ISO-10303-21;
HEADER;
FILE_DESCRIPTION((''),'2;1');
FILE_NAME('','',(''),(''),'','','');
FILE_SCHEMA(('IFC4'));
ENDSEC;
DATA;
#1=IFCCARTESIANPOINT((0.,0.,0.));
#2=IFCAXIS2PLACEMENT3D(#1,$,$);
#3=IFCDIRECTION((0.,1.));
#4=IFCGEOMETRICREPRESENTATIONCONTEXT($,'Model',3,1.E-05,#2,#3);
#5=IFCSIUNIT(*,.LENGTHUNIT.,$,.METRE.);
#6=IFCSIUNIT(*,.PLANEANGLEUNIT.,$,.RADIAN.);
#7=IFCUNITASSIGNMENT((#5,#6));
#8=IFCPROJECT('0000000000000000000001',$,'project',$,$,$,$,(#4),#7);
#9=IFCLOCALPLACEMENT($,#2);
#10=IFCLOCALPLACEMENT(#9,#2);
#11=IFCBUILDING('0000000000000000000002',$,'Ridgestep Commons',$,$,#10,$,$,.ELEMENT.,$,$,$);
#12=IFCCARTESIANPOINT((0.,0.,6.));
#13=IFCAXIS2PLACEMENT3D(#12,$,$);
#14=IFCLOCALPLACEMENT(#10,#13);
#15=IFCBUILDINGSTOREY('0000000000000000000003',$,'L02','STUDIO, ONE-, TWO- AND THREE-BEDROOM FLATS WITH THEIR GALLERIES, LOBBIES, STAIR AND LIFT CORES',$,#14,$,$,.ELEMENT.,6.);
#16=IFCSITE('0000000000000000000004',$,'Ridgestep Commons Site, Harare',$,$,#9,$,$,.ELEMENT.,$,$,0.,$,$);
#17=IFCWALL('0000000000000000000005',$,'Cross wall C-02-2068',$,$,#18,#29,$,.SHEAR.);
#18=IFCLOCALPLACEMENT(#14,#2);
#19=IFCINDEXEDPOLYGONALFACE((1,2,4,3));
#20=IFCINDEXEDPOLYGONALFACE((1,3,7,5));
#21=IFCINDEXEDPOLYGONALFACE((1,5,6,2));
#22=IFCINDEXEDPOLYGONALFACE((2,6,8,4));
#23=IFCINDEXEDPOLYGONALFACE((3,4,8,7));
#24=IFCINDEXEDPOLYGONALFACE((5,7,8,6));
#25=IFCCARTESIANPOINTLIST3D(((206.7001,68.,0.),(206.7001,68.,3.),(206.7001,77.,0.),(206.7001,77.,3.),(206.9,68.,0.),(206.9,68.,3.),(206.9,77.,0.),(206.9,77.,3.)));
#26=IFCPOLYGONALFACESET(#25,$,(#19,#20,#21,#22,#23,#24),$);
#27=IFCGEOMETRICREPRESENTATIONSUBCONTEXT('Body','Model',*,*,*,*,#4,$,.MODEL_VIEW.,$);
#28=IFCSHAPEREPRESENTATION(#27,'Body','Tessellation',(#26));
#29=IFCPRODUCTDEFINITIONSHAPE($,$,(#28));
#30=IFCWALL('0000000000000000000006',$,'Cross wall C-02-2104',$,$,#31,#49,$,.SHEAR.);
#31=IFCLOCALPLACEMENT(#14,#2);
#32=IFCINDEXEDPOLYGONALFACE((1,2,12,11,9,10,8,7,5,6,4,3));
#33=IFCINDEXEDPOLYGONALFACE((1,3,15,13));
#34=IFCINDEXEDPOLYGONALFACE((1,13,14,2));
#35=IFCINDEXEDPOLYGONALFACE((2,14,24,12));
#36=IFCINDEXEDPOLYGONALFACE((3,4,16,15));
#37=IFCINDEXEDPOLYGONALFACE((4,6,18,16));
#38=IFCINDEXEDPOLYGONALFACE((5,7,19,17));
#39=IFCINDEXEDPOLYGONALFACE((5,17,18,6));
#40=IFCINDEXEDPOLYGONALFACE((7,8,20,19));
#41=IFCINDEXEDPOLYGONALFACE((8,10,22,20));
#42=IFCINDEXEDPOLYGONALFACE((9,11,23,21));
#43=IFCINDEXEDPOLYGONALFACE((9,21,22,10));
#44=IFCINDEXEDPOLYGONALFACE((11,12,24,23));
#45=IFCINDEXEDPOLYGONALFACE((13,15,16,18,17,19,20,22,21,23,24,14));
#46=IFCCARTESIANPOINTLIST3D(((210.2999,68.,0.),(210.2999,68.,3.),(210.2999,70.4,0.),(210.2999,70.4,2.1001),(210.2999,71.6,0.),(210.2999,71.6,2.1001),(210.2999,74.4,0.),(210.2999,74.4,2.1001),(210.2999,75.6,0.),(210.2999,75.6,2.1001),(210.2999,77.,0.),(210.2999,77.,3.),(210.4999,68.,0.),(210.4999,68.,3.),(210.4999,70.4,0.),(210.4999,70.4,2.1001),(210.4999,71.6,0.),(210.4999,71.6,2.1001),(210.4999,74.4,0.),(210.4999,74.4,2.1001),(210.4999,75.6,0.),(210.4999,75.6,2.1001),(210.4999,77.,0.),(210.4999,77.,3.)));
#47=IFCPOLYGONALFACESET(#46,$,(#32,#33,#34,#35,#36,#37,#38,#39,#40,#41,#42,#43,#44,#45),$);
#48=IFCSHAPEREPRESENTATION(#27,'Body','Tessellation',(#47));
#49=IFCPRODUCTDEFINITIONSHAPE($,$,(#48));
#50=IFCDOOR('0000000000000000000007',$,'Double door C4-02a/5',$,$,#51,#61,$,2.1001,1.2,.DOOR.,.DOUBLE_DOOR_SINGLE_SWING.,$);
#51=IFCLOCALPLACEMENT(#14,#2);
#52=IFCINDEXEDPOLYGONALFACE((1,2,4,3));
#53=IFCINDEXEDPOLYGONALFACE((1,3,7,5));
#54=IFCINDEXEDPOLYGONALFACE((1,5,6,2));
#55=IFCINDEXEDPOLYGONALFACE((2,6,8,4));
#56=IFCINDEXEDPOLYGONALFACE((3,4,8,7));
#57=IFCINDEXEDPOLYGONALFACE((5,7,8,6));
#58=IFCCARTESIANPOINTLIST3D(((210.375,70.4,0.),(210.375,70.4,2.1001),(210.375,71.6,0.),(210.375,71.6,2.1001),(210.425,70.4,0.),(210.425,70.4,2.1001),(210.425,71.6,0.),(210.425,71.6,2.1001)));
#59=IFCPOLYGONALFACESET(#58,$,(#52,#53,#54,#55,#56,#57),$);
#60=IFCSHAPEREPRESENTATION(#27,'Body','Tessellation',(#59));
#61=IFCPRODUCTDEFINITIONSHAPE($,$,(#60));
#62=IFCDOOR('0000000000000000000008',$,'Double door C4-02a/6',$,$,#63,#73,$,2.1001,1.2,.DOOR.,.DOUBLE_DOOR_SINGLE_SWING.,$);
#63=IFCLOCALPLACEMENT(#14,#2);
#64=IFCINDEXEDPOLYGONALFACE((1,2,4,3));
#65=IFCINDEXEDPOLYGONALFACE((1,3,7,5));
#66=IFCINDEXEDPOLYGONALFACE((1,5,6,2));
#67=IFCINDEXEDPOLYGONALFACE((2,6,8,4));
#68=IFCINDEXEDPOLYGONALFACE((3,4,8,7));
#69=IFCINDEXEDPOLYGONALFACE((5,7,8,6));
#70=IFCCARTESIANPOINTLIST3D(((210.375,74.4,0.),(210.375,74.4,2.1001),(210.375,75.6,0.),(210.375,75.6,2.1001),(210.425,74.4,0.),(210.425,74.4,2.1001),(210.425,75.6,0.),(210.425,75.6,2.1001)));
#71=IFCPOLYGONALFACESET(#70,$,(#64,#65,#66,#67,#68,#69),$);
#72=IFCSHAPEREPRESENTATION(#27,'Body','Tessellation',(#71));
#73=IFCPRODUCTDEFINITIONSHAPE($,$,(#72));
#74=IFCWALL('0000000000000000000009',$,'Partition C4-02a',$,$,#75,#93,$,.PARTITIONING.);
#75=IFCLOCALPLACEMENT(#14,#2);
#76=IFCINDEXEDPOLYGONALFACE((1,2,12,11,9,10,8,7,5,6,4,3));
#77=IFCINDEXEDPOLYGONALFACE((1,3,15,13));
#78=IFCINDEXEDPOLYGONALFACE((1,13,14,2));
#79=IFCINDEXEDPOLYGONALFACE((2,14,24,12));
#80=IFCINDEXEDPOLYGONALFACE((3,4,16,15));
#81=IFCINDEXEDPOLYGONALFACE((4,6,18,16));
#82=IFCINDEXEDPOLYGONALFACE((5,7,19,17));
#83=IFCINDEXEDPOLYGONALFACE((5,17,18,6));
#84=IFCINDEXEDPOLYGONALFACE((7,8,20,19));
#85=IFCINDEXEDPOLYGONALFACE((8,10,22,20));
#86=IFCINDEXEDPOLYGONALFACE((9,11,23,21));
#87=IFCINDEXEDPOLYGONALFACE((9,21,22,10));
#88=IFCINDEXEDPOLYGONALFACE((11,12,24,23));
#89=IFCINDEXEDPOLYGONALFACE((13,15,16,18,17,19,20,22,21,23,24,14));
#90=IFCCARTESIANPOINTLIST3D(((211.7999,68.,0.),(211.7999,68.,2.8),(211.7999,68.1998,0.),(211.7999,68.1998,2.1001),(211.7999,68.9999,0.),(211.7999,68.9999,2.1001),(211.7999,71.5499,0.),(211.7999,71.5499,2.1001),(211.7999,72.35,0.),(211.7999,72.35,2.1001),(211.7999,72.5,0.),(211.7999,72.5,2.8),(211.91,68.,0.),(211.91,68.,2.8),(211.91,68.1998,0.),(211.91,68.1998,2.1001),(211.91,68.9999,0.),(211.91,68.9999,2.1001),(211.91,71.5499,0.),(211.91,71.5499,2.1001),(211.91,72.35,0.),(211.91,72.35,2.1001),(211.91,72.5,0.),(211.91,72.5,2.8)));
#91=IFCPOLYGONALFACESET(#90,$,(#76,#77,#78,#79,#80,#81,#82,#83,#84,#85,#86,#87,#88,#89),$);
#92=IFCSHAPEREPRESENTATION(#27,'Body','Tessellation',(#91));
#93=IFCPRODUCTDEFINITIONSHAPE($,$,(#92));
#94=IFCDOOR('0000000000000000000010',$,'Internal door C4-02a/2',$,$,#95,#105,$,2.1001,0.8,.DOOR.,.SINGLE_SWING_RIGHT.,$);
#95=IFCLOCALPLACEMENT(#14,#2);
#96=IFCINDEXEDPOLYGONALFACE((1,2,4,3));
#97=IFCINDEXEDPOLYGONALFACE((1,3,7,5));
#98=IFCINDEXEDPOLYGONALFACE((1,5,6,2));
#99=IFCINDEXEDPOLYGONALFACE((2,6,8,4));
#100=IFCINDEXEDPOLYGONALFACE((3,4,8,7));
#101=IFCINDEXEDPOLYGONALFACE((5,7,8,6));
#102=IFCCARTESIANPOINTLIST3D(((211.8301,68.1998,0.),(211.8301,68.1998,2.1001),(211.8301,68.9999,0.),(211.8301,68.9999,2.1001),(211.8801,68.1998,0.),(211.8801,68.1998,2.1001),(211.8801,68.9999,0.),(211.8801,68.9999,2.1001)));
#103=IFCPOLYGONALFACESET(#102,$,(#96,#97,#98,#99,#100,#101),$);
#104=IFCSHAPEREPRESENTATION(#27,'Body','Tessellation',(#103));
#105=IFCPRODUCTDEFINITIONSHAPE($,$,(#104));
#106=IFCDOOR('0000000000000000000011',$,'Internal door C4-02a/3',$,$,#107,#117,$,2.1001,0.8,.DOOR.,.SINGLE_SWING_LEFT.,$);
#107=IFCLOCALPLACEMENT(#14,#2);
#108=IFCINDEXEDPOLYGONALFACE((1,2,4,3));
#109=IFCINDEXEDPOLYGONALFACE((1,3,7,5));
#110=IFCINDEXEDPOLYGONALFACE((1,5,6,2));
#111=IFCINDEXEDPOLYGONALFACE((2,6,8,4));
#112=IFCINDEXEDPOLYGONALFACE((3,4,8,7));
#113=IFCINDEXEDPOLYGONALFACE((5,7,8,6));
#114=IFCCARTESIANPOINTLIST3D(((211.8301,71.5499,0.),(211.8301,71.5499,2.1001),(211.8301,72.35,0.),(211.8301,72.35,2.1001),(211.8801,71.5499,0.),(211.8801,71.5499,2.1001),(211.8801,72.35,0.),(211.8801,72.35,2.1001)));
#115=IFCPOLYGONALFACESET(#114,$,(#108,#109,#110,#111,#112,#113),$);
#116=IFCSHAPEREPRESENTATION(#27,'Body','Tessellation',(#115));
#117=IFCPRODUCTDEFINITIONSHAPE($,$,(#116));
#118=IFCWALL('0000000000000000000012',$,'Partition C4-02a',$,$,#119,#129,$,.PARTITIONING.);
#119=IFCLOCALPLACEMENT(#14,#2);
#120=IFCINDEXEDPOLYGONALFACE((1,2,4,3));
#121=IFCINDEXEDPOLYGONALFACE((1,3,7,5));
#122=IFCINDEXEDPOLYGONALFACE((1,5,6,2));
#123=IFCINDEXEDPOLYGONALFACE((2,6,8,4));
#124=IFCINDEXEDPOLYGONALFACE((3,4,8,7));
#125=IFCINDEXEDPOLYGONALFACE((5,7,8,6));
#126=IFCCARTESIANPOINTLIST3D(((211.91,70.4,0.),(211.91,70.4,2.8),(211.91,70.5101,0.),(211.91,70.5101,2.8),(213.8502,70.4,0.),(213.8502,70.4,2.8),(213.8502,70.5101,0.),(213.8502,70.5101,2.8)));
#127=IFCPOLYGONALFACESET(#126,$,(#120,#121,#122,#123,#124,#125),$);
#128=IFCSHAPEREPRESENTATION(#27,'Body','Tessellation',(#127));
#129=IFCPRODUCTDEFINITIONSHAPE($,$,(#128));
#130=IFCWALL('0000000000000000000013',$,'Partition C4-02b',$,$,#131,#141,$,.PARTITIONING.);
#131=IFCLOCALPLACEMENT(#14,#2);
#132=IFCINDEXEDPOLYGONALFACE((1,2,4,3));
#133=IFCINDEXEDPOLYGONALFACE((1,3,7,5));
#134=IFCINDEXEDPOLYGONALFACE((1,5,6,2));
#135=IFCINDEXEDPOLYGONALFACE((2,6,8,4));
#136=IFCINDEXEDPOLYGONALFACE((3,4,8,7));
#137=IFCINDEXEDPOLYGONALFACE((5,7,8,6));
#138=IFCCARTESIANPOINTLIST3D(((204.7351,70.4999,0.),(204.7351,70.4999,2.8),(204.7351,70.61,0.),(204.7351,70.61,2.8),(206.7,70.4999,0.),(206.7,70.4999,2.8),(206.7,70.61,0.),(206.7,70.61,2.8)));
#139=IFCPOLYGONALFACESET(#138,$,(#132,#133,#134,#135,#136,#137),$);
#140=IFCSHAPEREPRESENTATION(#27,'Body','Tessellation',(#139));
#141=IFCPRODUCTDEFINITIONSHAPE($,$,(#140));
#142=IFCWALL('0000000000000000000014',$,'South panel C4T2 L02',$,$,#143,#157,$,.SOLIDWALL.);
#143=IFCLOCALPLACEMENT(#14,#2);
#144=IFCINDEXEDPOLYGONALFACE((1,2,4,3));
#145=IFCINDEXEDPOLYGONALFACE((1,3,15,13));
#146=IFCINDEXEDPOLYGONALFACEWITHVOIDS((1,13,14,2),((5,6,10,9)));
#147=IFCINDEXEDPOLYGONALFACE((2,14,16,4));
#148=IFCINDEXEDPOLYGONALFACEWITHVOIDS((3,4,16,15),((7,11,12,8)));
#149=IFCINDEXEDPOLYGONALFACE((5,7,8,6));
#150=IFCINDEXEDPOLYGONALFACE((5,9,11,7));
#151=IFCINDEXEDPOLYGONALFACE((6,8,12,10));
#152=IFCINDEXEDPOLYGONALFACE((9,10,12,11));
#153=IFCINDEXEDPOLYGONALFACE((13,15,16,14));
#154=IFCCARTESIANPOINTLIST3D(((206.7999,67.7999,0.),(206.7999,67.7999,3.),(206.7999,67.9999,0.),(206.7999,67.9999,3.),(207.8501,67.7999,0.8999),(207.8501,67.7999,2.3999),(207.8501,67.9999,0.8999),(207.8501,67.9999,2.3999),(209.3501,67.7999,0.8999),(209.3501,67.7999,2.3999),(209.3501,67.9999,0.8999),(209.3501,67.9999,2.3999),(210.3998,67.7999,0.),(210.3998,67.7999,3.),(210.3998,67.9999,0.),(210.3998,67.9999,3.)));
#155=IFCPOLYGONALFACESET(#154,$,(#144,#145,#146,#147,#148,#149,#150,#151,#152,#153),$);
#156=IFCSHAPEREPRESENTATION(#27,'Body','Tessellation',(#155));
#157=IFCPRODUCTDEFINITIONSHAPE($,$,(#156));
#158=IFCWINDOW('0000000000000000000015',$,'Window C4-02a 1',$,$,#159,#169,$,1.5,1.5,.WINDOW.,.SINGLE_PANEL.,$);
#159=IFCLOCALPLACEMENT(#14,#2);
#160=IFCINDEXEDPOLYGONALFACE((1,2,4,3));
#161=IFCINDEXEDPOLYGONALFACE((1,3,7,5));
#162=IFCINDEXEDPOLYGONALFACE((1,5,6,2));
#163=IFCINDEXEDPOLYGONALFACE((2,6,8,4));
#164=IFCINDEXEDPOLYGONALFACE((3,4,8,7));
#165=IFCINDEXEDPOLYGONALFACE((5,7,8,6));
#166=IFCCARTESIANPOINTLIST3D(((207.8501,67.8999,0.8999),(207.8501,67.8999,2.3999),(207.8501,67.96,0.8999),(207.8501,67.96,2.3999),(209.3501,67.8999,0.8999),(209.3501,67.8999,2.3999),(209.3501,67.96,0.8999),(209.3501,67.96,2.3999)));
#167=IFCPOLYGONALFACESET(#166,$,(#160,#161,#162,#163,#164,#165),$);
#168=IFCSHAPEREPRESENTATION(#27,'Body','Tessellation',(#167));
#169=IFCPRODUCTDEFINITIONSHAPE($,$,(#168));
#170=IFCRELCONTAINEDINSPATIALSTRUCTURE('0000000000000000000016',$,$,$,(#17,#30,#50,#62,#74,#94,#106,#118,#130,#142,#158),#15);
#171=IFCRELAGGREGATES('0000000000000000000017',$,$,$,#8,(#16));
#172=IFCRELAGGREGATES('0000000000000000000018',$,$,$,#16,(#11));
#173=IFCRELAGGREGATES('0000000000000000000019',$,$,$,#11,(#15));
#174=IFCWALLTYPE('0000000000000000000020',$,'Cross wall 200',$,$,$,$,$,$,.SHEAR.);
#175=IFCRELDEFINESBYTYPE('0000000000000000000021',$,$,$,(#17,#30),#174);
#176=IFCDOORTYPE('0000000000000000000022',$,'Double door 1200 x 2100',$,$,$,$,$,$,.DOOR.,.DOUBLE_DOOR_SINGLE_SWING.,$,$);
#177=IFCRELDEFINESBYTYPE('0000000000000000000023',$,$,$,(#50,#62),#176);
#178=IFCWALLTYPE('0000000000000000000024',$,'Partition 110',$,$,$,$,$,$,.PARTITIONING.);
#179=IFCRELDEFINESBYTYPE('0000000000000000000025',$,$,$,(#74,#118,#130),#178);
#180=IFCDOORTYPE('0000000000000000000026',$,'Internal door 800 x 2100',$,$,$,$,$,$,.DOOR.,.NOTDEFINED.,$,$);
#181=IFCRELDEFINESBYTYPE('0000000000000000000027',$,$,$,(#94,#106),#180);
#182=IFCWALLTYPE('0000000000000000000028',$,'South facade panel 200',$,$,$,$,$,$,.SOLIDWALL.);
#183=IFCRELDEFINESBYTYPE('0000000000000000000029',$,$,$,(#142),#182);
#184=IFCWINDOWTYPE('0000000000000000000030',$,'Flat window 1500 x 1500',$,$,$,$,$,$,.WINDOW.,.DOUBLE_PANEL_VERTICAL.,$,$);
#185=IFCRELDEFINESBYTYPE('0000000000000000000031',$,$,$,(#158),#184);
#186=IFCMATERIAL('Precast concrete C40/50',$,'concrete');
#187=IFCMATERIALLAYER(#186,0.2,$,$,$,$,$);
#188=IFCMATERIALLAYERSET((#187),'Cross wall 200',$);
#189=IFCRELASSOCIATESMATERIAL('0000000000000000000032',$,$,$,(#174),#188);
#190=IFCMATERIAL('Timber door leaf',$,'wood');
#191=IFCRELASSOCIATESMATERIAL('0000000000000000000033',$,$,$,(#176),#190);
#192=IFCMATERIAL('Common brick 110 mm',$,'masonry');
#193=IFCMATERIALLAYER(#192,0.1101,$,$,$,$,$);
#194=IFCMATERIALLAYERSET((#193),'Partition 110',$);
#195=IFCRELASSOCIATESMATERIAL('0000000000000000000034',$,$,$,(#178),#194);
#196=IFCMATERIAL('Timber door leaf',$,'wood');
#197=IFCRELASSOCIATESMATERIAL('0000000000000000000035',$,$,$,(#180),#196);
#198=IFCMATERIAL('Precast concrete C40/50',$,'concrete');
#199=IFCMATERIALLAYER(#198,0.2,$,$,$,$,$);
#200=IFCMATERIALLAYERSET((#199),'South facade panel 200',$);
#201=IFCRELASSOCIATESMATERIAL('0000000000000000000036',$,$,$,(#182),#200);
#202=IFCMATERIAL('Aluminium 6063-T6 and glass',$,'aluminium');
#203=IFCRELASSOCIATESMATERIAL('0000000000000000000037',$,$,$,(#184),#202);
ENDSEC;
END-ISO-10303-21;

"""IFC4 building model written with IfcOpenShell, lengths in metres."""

from ifc_helpers import new_model, si_unit, direction, frame, frame_2d, origin, place, context, subcontext, project, spatial, rectangle, extrude, material, layer, layer_set, type_object, element, fill, save


model = new_model("IFC4")

# Units and contexts
model_context = context("Model", 3, precision=1e-05, world=origin(), true_north=direction((0.0, 1.0)))
body_context = subcontext(model_context, "Body", "Model", "MODEL_VIEW")
ifc_project = project(units=[si_unit("LENGTHUNIT", "METRE"), si_unit("PLANEANGLEUNIT", "RADIAN")], contexts=[model_context])

# Site, building, storey
site_placement = place(None, origin())
site = spatial("IfcSite", under=ifc_project, at=site_placement, Name="Ridgestep Commons Site, Harare", CompositionType="ELEMENT", RefElevation=0.0)
building_placement = place(site_placement, origin())
building = spatial("IfcBuilding", under=site, at=building_placement, Name="Ridgestep Commons", CompositionType="ELEMENT")
storey_placement = place(building_placement, frame((0.0, 0.0, 6.0)))
storey = spatial("IfcBuildingStorey", under=building, at=storey_placement, Name="L02", Description="STUDIO, ONE-, TWO- AND THREE-BEDROOM FLATS WITH THEIR GALLERIES, LOBBIES, STAIR AND LIFT CORES", CompositionType="ELEMENT", Elevation=6.0)

# Wall
ifc_material_1 = material(Name="Precast concrete C40/50", Category="concrete")
ifc_layer_1 = layer(ifc_material_1, 0.2)
ifc_layer_set_1 = layer_set([ifc_layer_1], Name="Cross wall 200")
wall_type_1 = type_object("IfcWallType", Name="Cross wall 200", PredefinedType="SHEAR", material=ifc_layer_set_1)
wall_1_placement = place(storey_placement, frame((206.8, 68.0, 0.0), z_axis=(0.0, 0.0, 1.0), x_axis=(0.0, 1.0, 0.0)))
element("IfcWall", 1, at=wall_1_placement, inside=storey, type_object=wall_type_1, Name="Cross wall C-02-2068", PredefinedType="SHEAR", context=body_context, shape_type="SweptSolid", body=[
    extrude(rectangle(XDim=9.0, YDim=0.2, at=frame_2d((4.5, 0.0))), origin(), (0.0, 0.0, 1.0), 3.0),
])

# Walls, openings, doors
wall_2_placement = place(storey_placement, frame((210.3999, 68.0, 0.0), z_axis=(0.0, 0.0, 1.0), x_axis=(0.0, 1.0, 0.0)))
wall_2 = element("IfcWall", 2, at=wall_2_placement, inside=storey, type_object=wall_type_1, Name="Cross wall C-02-2104", PredefinedType="SHEAR", context=body_context, shape_type="SweptSolid", body=[
    extrude(rectangle(XDim=9.0, YDim=0.2, at=frame_2d((4.5, 0.0))), origin(), (0.0, 0.0, 1.0), 3.0),
])
opening_1_placement = place(wall_2_placement, frame((2.3999, 0.0, 0.0)))
opening_1 = element("IfcOpeningElement", 3, at=opening_1_placement, cuts=wall_2, PredefinedType="OPENING", context=body_context, shape_type="SweptSolid", body=[
    extrude(rectangle(XDim=1.2, YDim=2.1001, at=frame_2d((0.6001, 1.05))), frame((0.0, 0.1099, 0.0), z_axis=(0.0, -1.0, 0.0), x_axis=(1.0, 0.0, 0.0)), (0.0, 0.0, 1.0), 0.22),
])
opening_2_placement = place(wall_2_placement, frame((6.3999, 0.0, 0.0)))
opening_2 = element("IfcOpeningElement", 4, at=opening_2_placement, cuts=wall_2, PredefinedType="OPENING", context=body_context, shape_type="SweptSolid", body=[
    extrude(rectangle(XDim=1.2, YDim=2.1001, at=frame_2d((0.6001, 1.05))), frame((0.0, 0.1099, 0.0), z_axis=(0.0, -1.0, 0.0), x_axis=(1.0, 0.0, 0.0)), (0.0, 0.0, 1.0), 0.22),
])
ifc_material_2 = material(Name="Timber door leaf", Category="wood")
door_type_1 = type_object("IfcDoorType", Name="Double door 1200 x 2100", OperationType="DOUBLE_DOOR_SINGLE_SWING", PredefinedType="DOOR", material=ifc_material_2)
door_1_placement = place(opening_1_placement, origin())
door_1 = element("IfcDoor", 5, at=door_1_placement, inside=storey, type_object=door_type_1, Name="Double door C4-02a/5", OperationType="DOUBLE_DOOR_SINGLE_SWING", OverallHeight=2.1001, OverallWidth=1.2, PredefinedType="DOOR", context=body_context, shape_type="SweptSolid", body=[
    extrude(rectangle(XDim=1.2, YDim=2.1001, at=frame_2d((0.6001, 1.05))), frame((0.0, 0.0249, 0.0), z_axis=(0.0, -1.0, 0.0), x_axis=(1.0, 0.0, 0.0)), (0.0, 0.0, 1.0), 0.05),
])
fill(opening_1, door_1)
door_2_placement = place(opening_2_placement, origin())
door_2 = element("IfcDoor", 6, at=door_2_placement, inside=storey, type_object=door_type_1, Name="Double door C4-02a/6", OperationType="DOUBLE_DOOR_SINGLE_SWING", OverallHeight=2.1001, OverallWidth=1.2, PredefinedType="DOOR", context=body_context, shape_type="SweptSolid", body=[
    extrude(rectangle(XDim=1.2, YDim=2.1001, at=frame_2d((0.6001, 1.05))), frame((0.0, 0.0249, 0.0), z_axis=(0.0, -1.0, 0.0), x_axis=(1.0, 0.0, 0.0)), (0.0, 0.0, 1.0), 0.05),
])
fill(opening_2, door_2)
ifc_material_3 = material(Name="Common brick 110 mm", Category="masonry")
ifc_layer_2 = layer(ifc_material_3, 0.1101)
ifc_layer_set_2 = layer_set([ifc_layer_2], Name="Partition 110")
wall_type_2 = type_object("IfcWallType", Name="Partition 110", PredefinedType="PARTITIONING", material=ifc_layer_set_2)
wall_3_placement = place(storey_placement, frame((211.855, 68.0, 0.0), z_axis=(0.0, 0.0, 1.0), x_axis=(0.0, 1.0, 0.0)))
wall_3 = element("IfcWall", 7, at=wall_3_placement, inside=storey, type_object=wall_type_2, Name="Partition C4-02a", PredefinedType="PARTITIONING", context=body_context, shape_type="SweptSolid", body=[
    extrude(rectangle(XDim=4.5, YDim=0.1101, at=frame_2d((2.25, 0.0))), origin(), (0.0, 0.0, 1.0), 2.8),
])
opening_3_placement = place(wall_3_placement, frame((0.2, 0.0, 0.0)))
opening_3 = element("IfcOpeningElement", 8, at=opening_3_placement, cuts=wall_3, PredefinedType="OPENING", context=body_context, shape_type="SweptSolid", body=[
    extrude(rectangle(XDim=0.8, YDim=2.1001, at=frame_2d((0.3999, 1.05))), frame((0.0, 0.0649, 0.0), z_axis=(0.0, -1.0, 0.0), x_axis=(1.0, 0.0, 0.0)), (0.0, 0.0, 1.0), 0.1301),
])
opening_4_placement = place(wall_3_placement, frame((3.55, 0.0, 0.0)))
opening_4 = element("IfcOpeningElement", 9, at=opening_4_placement, cuts=wall_3, PredefinedType="OPENING", context=body_context, shape_type="SweptSolid", body=[
    extrude(rectangle(XDim=0.8, YDim=2.1001, at=frame_2d((0.3999, 1.05))), frame((0.0, 0.0649, 0.0), z_axis=(0.0, -1.0, 0.0), x_axis=(1.0, 0.0, 0.0)), (0.0, 0.0, 1.0), 0.1301),
])
ifc_material_4 = material(Name="Timber door leaf", Category="wood")
door_type_2 = type_object("IfcDoorType", Name="Internal door 800 x 2100", OperationType="NOTDEFINED", PredefinedType="DOOR", material=ifc_material_4)
door_3_placement = place(opening_3_placement, origin())
door_3 = element("IfcDoor", 10, at=door_3_placement, inside=storey, type_object=door_type_2, Name="Internal door C4-02a/2", OperationType="SINGLE_SWING_RIGHT", OverallHeight=2.1001, OverallWidth=0.8, PredefinedType="DOOR", context=body_context, shape_type="SweptSolid", body=[
    extrude(rectangle(XDim=0.8, YDim=2.1001, at=frame_2d((0.3999, 1.05))), frame((0.0, 0.0249, 0.0), z_axis=(0.0, -1.0, 0.0), x_axis=(1.0, 0.0, 0.0)), (0.0, 0.0, 1.0), 0.05),
])
fill(opening_3, door_3)
door_4_placement = place(opening_4_placement, origin())
door_4 = element("IfcDoor", 11, at=door_4_placement, inside=storey, type_object=door_type_2, Name="Internal door C4-02a/3", OperationType="SINGLE_SWING_LEFT", OverallHeight=2.1001, OverallWidth=0.8, PredefinedType="DOOR", context=body_context, shape_type="SweptSolid", body=[
    extrude(rectangle(XDim=0.8, YDim=2.1001, at=frame_2d((0.3999, 1.05))), frame((0.0, 0.0249, 0.0), z_axis=(0.0, -1.0, 0.0), x_axis=(1.0, 0.0, 0.0)), (0.0, 0.0, 1.0), 0.05),
])
fill(opening_4, door_4)

# Walls
wall_4_placement = place(storey_placement, frame((211.9099, 70.4551, 0.0), z_axis=(0.0, 0.0, 1.0), x_axis=(1.0, 0.0, 0.0)))
element("IfcWall", 12, at=wall_4_placement, inside=storey, type_object=wall_type_2, Name="Partition C4-02a", PredefinedType="PARTITIONING", context=body_context, shape_type="SweptSolid", body=[
    extrude(rectangle(XDim=1.9402, YDim=0.1101, at=frame_2d((0.9702, 0.0))), origin(), (0.0, 0.0, 1.0), 2.8),
])
wall_5_placement = place(storey_placement, frame((204.7351, 70.5549, 0.0), z_axis=(0.0, 0.0, 1.0), x_axis=(1.0, 0.0, 0.0)))
element("IfcWall", 13, at=wall_5_placement, inside=storey, type_object=wall_type_2, Name="Partition C4-02b", PredefinedType="PARTITIONING", context=body_context, shape_type="SweptSolid", body=[
    extrude(rectangle(XDim=1.9648, YDim=0.1101, at=frame_2d((0.9824, 0.0))), origin(), (0.0, 0.0, 1.0), 2.8),
])

# Wall, opening, window
ifc_material_5 = material(Name="Precast concrete C40/50", Category="concrete")
ifc_layer_3 = layer(ifc_material_5, 0.2)
ifc_layer_set_3 = layer_set([ifc_layer_3], Name="South facade panel 200")
wall_type_3 = type_object("IfcWallType", Name="South facade panel 200", PredefinedType="SOLIDWALL", material=ifc_layer_set_3)
wall_6_placement = place(storey_placement, frame((206.8, 67.8999, 0.0), z_axis=(0.0, 0.0, 1.0), x_axis=(1.0, 0.0, 0.0)))
wall_6 = element("IfcWall", 14, at=wall_6_placement, inside=storey, type_object=wall_type_3, Name="South panel C4T2 L02", PredefinedType="SOLIDWALL", context=body_context, shape_type="SweptSolid", body=[
    extrude(rectangle(XDim=3.5999, YDim=0.2, at=frame_2d((1.7998, 0.0))), origin(), (0.0, 0.0, 1.0), 3.0),
])
opening_5_placement = place(wall_6_placement, frame((1.05, 0.0, 0.8999)))
opening_5 = element("IfcOpeningElement", 15, at=opening_5_placement, cuts=wall_6, PredefinedType="OPENING", context=body_context, shape_type="SweptSolid", body=[
    extrude(rectangle(XDim=1.5, YDim=1.5, at=frame_2d((0.75, 0.75))), frame((0.0, 0.1099, 0.0), z_axis=(0.0, -1.0, 0.0), x_axis=(1.0, 0.0, 0.0)), (0.0, 0.0, 1.0), 0.22),
])
ifc_material_6 = material(Name="Aluminium 6063-T6 and glass", Category="aluminium")
window_type_1 = type_object("IfcWindowType", Name="Flat window 1500 x 1500", PartitioningType="DOUBLE_PANEL_VERTICAL", PredefinedType="WINDOW", material=ifc_material_6)
window_1_placement = place(opening_5_placement, origin())
window_1 = element("IfcWindow", 16, at=window_1_placement, inside=storey, type_object=window_type_1, Name="Window C4-02a 1", OverallHeight=1.5, OverallWidth=1.5, PartitioningType="SINGLE_PANEL", PredefinedType="WINDOW", context=body_context, shape_type="SweptSolid", body=[
    extrude(rectangle(XDim=1.5, YDim=1.5, at=frame_2d((0.75, 0.75))), frame((0.0, 0.0601, 0.0), z_axis=(0.0, -1.0, 0.0), x_axis=(1.0, 0.0, 0.0)), (0.0, 0.0, 1.0), 0.0601),
])
fill(opening_5, window_1)

save(model, "model.ifc")
